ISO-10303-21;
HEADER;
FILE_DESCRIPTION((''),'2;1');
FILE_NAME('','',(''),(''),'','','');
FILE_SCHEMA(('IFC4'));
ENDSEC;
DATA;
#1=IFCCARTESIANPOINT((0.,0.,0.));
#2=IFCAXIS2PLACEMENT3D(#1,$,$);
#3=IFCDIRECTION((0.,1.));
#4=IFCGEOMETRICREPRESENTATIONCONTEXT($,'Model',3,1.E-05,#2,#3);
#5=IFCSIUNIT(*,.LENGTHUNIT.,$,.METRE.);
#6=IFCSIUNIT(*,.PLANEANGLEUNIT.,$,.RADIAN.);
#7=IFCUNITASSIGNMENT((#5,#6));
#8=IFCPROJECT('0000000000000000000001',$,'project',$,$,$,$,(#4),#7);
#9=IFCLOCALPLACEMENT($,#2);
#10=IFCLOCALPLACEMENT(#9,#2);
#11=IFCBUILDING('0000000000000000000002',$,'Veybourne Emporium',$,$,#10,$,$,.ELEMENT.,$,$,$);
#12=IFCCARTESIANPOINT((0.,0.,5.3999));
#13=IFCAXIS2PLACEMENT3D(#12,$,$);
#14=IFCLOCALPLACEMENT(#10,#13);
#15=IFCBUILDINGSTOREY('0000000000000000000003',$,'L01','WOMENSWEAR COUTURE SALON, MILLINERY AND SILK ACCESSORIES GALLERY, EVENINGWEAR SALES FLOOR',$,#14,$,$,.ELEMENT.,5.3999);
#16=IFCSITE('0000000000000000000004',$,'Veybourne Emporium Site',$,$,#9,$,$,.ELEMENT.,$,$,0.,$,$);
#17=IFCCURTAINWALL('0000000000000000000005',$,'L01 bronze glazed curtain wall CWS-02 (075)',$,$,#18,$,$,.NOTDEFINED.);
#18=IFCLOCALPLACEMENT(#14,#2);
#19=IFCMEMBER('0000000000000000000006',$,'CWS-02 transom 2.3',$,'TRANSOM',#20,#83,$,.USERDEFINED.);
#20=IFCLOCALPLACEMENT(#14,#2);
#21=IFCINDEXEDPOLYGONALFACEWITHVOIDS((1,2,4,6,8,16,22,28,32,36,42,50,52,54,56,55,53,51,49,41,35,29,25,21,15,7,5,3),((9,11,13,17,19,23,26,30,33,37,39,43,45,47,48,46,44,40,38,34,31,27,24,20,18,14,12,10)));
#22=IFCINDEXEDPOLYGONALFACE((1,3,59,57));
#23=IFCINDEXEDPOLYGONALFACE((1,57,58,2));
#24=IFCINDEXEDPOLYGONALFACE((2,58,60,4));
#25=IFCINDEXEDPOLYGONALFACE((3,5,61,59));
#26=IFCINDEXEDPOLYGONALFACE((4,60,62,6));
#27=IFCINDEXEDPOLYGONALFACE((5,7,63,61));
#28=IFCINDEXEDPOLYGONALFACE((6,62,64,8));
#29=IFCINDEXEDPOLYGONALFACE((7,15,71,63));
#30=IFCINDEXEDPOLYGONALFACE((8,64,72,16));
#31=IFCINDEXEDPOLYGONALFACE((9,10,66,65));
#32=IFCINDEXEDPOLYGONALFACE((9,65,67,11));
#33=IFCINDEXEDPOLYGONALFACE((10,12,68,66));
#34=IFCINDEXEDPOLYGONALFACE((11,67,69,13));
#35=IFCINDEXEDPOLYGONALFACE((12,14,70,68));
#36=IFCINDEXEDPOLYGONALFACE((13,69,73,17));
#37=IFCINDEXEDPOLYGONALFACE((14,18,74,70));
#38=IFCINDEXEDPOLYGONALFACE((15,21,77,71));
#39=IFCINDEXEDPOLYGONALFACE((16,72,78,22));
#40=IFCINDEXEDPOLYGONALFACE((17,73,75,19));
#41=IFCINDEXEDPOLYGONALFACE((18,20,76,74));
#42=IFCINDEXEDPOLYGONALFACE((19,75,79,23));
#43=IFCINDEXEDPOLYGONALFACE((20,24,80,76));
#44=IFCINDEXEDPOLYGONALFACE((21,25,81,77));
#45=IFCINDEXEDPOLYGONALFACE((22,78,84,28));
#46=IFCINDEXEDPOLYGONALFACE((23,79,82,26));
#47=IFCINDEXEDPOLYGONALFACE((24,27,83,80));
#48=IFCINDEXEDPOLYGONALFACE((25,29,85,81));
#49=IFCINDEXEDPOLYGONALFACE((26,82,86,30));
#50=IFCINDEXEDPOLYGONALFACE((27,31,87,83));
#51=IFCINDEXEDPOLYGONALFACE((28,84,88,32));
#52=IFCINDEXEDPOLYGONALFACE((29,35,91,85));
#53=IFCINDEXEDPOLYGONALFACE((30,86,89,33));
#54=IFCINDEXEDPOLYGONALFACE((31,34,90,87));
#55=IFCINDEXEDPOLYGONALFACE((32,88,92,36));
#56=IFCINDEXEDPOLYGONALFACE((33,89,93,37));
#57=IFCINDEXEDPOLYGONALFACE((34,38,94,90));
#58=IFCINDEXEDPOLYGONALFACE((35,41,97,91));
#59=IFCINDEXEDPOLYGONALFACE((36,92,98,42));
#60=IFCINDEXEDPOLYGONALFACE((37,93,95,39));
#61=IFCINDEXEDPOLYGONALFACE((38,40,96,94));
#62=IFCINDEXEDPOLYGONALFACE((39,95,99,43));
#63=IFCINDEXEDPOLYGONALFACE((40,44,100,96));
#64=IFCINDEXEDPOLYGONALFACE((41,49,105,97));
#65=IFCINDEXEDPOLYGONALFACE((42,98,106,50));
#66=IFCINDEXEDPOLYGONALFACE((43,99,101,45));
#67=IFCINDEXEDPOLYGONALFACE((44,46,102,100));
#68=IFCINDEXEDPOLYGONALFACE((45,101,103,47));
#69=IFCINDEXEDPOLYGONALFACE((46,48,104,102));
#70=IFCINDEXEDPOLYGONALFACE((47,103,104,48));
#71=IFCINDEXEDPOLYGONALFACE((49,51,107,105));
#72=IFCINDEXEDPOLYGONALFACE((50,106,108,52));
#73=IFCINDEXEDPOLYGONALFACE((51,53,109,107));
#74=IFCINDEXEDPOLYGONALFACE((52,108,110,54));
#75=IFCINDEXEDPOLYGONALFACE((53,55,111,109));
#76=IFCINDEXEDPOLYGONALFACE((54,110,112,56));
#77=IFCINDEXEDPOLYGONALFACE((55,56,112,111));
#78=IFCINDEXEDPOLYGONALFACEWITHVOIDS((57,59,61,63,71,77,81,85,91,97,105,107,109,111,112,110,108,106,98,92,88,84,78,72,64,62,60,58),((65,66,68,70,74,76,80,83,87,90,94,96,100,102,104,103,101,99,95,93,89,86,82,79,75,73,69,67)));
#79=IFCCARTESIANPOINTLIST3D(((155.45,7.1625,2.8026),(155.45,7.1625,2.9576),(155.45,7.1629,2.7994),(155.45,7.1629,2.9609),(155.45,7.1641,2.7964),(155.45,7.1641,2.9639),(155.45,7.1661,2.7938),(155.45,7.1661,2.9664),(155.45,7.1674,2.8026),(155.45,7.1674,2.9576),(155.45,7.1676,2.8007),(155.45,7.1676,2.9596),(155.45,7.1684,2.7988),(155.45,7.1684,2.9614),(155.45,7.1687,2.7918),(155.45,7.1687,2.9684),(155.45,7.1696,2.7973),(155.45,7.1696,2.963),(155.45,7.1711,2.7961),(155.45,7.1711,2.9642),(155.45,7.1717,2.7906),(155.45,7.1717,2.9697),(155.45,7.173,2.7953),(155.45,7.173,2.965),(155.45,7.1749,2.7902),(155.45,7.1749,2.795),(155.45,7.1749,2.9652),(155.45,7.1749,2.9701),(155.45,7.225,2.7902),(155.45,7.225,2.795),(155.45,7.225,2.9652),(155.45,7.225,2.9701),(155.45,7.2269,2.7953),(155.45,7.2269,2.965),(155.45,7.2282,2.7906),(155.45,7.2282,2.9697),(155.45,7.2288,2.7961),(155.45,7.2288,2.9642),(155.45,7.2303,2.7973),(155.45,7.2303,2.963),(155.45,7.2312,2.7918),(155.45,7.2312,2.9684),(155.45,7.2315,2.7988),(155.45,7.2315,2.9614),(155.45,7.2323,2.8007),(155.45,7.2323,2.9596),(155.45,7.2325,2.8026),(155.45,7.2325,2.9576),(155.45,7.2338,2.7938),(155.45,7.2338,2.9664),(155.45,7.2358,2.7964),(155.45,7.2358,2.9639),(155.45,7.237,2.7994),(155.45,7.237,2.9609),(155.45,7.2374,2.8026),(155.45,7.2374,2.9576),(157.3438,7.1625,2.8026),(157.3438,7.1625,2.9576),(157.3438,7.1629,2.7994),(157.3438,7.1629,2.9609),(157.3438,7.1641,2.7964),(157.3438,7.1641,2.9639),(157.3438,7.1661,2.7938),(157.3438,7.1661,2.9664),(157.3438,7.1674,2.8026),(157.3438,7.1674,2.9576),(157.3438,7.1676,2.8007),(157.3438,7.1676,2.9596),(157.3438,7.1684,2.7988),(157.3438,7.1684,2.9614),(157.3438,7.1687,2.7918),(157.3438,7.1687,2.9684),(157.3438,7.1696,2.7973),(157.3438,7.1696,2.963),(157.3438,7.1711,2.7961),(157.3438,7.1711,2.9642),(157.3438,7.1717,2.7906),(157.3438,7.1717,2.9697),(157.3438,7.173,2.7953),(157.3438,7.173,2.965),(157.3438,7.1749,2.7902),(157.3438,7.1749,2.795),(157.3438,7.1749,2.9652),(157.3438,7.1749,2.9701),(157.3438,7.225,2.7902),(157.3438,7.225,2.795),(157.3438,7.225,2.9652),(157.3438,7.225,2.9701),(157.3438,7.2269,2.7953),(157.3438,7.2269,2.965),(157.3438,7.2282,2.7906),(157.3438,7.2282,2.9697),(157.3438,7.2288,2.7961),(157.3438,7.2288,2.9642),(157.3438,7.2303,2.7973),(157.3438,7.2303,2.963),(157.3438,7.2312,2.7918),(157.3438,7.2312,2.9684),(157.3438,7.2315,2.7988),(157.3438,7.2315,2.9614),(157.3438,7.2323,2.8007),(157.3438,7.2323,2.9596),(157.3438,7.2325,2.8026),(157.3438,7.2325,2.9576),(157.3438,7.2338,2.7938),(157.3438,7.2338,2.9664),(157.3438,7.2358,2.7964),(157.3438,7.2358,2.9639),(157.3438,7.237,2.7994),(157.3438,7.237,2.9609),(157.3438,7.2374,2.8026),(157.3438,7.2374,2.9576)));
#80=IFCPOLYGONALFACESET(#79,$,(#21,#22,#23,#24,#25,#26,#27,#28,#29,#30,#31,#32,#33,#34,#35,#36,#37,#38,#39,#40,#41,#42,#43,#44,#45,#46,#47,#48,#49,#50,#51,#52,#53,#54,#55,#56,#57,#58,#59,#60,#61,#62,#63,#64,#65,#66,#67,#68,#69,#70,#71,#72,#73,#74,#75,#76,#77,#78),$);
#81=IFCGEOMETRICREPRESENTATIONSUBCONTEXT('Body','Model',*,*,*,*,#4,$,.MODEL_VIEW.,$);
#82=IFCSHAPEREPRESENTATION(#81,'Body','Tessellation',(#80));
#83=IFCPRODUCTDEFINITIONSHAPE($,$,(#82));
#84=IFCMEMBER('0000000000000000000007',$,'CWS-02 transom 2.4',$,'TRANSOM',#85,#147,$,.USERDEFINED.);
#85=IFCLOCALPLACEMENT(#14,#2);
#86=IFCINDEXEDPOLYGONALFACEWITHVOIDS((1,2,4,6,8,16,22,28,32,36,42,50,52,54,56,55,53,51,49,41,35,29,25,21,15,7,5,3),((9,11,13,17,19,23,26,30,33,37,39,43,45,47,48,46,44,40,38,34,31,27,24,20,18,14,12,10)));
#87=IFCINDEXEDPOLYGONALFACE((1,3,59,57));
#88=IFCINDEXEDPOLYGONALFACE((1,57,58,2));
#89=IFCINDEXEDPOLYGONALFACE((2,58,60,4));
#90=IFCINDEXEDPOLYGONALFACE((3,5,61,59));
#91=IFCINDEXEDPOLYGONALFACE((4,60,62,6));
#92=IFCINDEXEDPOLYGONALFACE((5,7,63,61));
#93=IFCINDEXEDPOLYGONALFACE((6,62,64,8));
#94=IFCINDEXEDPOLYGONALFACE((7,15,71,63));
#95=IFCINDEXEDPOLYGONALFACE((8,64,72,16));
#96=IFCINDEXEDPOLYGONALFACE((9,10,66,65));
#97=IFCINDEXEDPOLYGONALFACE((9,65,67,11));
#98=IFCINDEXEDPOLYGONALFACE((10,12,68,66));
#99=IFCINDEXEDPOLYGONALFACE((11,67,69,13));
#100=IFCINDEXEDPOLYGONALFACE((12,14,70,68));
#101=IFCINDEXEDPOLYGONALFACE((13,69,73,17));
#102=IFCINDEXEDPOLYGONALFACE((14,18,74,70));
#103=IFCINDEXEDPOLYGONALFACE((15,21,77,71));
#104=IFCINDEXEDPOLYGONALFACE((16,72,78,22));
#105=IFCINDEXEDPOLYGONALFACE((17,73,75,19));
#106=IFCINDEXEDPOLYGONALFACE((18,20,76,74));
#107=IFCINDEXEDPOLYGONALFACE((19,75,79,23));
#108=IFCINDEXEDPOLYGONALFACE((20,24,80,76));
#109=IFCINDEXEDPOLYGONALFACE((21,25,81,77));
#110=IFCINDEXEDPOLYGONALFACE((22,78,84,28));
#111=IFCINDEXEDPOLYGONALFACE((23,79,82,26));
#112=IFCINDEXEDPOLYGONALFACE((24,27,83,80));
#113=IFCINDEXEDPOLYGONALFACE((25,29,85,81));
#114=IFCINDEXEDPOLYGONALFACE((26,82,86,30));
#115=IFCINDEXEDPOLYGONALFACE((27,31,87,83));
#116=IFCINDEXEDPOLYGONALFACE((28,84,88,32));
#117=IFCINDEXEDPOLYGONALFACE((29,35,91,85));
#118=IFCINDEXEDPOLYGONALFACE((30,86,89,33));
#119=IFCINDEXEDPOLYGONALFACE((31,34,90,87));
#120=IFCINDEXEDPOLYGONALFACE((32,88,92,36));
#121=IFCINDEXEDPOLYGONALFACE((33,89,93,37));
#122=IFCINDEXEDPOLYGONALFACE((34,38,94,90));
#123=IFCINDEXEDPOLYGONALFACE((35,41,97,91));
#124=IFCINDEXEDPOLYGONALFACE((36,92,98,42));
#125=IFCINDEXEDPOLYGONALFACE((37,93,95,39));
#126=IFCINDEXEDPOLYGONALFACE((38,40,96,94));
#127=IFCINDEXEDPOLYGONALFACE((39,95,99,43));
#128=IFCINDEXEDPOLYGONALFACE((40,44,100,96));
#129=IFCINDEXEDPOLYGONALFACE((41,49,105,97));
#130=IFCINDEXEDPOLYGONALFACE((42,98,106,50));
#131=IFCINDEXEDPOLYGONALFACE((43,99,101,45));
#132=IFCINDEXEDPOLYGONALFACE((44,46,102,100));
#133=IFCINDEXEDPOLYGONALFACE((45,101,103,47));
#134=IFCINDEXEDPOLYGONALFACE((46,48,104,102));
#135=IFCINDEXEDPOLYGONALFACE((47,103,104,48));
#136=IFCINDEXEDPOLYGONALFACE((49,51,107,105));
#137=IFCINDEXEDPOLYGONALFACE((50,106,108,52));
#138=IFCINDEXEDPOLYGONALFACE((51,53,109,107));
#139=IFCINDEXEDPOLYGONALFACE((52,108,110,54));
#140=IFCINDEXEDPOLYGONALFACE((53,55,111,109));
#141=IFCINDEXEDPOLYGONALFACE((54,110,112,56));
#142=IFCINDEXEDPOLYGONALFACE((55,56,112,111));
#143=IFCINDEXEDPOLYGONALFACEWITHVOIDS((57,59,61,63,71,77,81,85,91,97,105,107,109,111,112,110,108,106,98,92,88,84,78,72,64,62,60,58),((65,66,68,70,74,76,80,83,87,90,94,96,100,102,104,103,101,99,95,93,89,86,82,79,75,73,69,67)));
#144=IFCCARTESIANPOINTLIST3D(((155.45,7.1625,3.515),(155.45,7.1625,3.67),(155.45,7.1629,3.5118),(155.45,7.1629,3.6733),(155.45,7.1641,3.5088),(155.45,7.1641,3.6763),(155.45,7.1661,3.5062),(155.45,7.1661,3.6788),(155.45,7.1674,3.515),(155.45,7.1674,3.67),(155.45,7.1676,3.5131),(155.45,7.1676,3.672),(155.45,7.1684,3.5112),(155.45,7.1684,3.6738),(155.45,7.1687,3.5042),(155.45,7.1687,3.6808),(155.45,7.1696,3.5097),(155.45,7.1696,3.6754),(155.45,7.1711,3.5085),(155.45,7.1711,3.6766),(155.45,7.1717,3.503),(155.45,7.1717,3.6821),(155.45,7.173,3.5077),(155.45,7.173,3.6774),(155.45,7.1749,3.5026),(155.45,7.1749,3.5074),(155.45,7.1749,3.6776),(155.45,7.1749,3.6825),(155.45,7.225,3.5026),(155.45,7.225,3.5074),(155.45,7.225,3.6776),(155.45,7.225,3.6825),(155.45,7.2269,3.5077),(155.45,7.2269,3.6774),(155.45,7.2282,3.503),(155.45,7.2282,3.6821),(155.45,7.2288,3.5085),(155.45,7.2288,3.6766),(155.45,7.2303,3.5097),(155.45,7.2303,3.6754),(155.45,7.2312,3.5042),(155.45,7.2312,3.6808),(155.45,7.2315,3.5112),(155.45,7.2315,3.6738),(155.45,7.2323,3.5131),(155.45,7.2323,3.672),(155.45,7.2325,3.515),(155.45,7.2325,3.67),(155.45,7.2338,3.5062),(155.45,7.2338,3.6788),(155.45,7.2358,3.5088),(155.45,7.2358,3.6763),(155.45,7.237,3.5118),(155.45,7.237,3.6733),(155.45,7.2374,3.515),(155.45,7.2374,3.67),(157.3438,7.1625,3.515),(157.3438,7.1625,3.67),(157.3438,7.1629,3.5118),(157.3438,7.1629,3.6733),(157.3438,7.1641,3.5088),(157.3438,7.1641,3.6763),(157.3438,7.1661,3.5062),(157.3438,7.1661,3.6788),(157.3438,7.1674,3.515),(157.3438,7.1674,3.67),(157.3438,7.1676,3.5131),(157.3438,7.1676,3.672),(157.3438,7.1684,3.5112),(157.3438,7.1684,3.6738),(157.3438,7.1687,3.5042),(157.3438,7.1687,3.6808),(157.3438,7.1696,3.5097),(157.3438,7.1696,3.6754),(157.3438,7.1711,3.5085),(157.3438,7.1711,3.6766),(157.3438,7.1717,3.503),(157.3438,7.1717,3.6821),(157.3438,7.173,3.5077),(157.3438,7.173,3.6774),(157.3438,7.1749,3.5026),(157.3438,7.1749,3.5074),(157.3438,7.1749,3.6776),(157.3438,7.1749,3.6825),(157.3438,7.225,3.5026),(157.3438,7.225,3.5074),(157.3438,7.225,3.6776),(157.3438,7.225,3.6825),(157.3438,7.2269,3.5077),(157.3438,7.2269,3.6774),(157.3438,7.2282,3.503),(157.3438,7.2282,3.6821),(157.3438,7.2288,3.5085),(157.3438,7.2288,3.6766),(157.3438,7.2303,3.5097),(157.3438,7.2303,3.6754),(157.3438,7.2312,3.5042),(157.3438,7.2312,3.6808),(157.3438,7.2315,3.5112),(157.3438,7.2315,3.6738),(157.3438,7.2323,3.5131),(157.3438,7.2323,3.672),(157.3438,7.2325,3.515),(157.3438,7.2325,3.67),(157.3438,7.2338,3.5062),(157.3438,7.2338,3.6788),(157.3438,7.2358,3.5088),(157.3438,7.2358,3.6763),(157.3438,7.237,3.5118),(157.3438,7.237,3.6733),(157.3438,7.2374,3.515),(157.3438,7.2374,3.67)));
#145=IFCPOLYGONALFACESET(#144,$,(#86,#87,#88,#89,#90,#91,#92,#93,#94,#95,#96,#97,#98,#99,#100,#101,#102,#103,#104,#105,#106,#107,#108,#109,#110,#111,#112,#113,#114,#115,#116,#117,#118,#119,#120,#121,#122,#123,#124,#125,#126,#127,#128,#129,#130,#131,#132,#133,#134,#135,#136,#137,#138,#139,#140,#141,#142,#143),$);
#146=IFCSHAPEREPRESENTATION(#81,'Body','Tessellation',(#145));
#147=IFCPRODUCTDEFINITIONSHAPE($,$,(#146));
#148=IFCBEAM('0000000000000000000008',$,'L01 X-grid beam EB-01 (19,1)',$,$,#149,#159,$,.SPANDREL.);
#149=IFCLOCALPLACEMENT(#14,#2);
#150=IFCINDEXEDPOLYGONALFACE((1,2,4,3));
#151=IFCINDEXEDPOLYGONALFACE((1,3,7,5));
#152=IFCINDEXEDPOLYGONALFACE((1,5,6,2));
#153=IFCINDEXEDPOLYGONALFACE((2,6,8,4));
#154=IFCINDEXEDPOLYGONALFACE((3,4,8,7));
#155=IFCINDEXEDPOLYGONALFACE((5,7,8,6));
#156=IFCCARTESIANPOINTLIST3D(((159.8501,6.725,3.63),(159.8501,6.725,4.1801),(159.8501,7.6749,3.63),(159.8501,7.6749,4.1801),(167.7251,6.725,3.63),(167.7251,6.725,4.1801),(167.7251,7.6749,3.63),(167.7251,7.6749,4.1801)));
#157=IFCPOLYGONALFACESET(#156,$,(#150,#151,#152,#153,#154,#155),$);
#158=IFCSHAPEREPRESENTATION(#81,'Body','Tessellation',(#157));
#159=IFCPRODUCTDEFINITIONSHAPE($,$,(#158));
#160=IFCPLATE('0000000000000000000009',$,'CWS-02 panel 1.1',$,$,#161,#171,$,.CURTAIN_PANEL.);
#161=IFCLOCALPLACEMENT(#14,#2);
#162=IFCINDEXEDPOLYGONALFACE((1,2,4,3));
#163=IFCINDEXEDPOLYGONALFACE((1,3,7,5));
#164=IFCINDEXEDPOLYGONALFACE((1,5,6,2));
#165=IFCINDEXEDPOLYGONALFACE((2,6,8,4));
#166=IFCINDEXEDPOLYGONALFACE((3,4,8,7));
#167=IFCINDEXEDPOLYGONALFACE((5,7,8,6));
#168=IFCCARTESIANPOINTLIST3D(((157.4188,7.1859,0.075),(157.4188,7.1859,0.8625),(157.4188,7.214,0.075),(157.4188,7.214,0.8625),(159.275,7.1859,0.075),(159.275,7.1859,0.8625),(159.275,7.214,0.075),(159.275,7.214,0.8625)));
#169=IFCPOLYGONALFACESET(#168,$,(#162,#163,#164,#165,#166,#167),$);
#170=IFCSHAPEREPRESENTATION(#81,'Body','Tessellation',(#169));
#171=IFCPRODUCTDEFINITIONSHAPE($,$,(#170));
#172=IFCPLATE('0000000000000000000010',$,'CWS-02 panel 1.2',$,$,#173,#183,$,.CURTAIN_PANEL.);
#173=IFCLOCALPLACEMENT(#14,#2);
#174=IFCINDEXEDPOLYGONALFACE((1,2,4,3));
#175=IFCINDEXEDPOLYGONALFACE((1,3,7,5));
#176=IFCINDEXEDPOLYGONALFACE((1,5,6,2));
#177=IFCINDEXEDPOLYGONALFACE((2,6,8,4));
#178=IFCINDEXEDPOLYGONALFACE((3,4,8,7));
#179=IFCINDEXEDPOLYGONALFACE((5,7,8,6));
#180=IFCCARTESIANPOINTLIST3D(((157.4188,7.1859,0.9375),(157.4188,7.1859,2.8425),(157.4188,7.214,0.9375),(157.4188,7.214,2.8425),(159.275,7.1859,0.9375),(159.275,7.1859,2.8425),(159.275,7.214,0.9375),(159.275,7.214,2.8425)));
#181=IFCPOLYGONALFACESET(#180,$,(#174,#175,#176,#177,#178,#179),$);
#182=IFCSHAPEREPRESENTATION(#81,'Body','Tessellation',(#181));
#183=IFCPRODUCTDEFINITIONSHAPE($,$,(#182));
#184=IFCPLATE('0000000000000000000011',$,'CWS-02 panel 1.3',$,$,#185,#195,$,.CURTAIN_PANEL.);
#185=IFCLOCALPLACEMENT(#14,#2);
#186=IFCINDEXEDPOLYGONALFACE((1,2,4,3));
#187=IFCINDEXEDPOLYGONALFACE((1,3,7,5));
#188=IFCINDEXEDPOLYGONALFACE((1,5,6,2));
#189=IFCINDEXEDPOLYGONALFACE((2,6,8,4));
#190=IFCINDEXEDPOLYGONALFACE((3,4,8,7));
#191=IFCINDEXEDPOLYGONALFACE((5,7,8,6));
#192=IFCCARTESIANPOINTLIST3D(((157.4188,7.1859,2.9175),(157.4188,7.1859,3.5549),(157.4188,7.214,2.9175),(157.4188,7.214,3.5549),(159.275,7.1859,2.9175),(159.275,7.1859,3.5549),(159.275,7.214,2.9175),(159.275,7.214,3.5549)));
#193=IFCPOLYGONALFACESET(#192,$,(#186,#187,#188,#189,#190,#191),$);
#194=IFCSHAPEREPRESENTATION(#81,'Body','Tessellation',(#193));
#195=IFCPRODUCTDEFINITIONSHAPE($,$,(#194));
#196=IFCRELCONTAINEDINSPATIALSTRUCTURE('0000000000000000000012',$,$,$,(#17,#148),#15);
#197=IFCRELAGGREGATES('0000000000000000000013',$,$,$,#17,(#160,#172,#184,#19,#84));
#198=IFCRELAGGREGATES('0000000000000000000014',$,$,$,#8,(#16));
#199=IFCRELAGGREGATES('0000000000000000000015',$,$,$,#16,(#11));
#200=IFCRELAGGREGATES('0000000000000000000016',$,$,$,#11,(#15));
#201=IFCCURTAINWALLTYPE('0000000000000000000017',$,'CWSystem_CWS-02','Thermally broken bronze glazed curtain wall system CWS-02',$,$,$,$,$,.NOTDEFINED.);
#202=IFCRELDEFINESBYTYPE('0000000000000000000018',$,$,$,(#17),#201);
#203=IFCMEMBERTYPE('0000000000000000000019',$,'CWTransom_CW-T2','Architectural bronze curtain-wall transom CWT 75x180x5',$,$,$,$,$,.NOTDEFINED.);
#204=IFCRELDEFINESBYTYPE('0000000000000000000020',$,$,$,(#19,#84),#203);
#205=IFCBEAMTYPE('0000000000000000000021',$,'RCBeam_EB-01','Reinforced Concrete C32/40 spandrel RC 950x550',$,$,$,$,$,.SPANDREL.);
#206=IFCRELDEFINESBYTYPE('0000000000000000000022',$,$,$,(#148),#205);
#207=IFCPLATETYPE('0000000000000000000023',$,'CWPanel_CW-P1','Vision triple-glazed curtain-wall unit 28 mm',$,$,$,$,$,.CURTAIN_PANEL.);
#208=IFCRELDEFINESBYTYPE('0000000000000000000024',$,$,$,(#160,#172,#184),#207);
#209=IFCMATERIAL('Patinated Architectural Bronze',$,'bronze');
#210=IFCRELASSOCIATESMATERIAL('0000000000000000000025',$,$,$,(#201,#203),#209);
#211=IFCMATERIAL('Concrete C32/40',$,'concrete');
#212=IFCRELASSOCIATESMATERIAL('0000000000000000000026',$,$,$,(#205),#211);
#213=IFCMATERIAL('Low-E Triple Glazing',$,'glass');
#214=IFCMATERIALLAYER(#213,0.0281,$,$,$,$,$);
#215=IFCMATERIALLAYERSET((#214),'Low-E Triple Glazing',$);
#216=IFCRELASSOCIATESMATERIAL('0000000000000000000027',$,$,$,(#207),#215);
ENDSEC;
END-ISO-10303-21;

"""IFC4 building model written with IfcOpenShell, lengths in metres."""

from ifc_helpers import new_model, si_unit, direction, frame, origin, origin_2d, place, context, subcontext, project, spatial, rectangle, hollow_rectangle, extrude, material, layer, layer_set, material_profile, profile_set, type_object, element, aggregate, save


model = new_model("IFC4")

# Units and contexts
model_context = context("Model", 3, precision=1e-05, world=origin(), true_north=direction((0.0, 1.0)))
body_context = subcontext(model_context, "Body", "Model", "MODEL_VIEW")
ifc_project = project(units=[si_unit("LENGTHUNIT", "METRE"), si_unit("PLANEANGLEUNIT", "RADIAN")], contexts=[model_context])

# Site, building, storey
site_placement = place(None, origin())
site = spatial("IfcSite", under=ifc_project, at=site_placement, Name="Veybourne Emporium Site", CompositionType="ELEMENT", RefElevation=0.0)
building_placement = place(site_placement, origin())
building = spatial("IfcBuilding", under=site, at=building_placement, Name="Veybourne Emporium", CompositionType="ELEMENT")
storey_placement = place(building_placement, frame((0.0, 0.0, 5.3999)))
storey = spatial("IfcBuildingStorey", under=building, at=storey_placement, Name="L01", Description="WOMENSWEAR COUTURE SALON, MILLINERY AND SILK ACCESSORIES GALLERY, EVENINGWEAR SALES FLOOR", CompositionType="ELEMENT", Elevation=5.3999)

# Curtain wall
ifc_material_1 = material(Name="Patinated Architectural Bronze", Category="bronze")
curtain_wall_type_1 = type_object("IfcCurtainWallType", Name="CWSystem_CWS-02", Description="Thermally broken bronze glazed curtain wall system CWS-02", PredefinedType="NOTDEFINED", material=ifc_material_1)
curtain_wall_1_placement = place(storey_placement, origin())
curtain_wall_1 = element("IfcCurtainWall", 1, at=curtain_wall_1_placement, inside=storey, type_object=curtain_wall_type_1, Name="L01 bronze glazed curtain wall CWS-02 (075)", PredefinedType="NOTDEFINED")

# Members
ifc_material_profile_1 = material_profile(ifc_material_1, hollow_rectangle(XDim=0.075, YDim=0.1799, WallThickness=0.0049, InnerFilletRadius=0.0076, OuterFilletRadius=0.0125, at=origin_2d()), Name="CWT 75x180x5")
ifc_profile_set_1 = profile_set([ifc_material_profile_1], Name="Patinated Architectural Bronze")
member_type_1 = type_object("IfcMemberType", Name="CWTransom_CW-T2", Description="Architectural bronze curtain-wall transom CWT 75x180x5", PredefinedType="NOTDEFINED", material=ifc_profile_set_1)
member_1_placement = place(storey_placement, frame((157.3438, 7.2, 2.8801), z_axis=(-1.0, 0.0, 0.0), x_axis=(0.0, -1.0, 0.0)))
member_1 = element("IfcMember", 2, at=member_1_placement, type_object=member_type_1, Name="CWS-02 transom 2.3", ObjectType="TRANSOM", PredefinedType="USERDEFINED", context=body_context, shape_type="SweptSolid", body=[
    extrude(hollow_rectangle(XDim=0.075, YDim=0.1799, WallThickness=0.0049, InnerFilletRadius=0.0076, OuterFilletRadius=0.0125, at=origin_2d()), origin(), (0.0, 0.0, 1.0), 1.8938),
])
member_2_placement = place(storey_placement, frame((157.3438, 7.2, 3.5925), z_axis=(-1.0, 0.0, 0.0), x_axis=(0.0, -1.0, 0.0)))
member_2 = element("IfcMember", 3, at=member_2_placement, type_object=member_type_1, Name="CWS-02 transom 2.4", ObjectType="TRANSOM", PredefinedType="USERDEFINED", context=body_context, shape_type="SweptSolid", body=[
    extrude(hollow_rectangle(XDim=0.075, YDim=0.1799, WallThickness=0.0049, InnerFilletRadius=0.0076, OuterFilletRadius=0.0125, at=origin_2d()), origin(), (0.0, 0.0, 1.0), 1.8938),
])

# Beam
ifc_material_2 = material(Name="Concrete C32/40", Category="concrete")
ifc_material_profile_2 = material_profile(ifc_material_2, rectangle(XDim=0.95, YDim=0.55, at=origin_2d()), Name="RC 950x550")
ifc_profile_set_2 = profile_set([ifc_material_profile_2], Name="Concrete C32/40")
beam_type = type_object("IfcBeamType", Name="RCBeam_EB-01", Description="Reinforced Concrete C32/40 spandrel RC 950x550", PredefinedType="SPANDREL", material=ifc_profile_set_2)
beam_placement = place(storey_placement, frame((159.8501, 7.2, 3.905), z_axis=(1.0, 0.0, 0.0), x_axis=(0.0, 1.0, 0.0)))
element("IfcBeam", 4, at=beam_placement, inside=storey, type_object=beam_type, Name="L01 X-grid beam EB-01 (19,1)", PredefinedType="SPANDREL", context=body_context, shape_type="SweptSolid", body=[
    extrude(rectangle(XDim=0.95, YDim=0.55, at=origin_2d()), origin(), (0.0, 0.0, 1.0), 7.875),
])

# Plates
ifc_material_3 = material(Name="Low-E Triple Glazing", Category="glass")
ifc_layer = layer(ifc_material_3, 0.0281)
ifc_layer_set = layer_set([ifc_layer], Name="Low-E Triple Glazing")
plate_type = type_object("IfcPlateType", Name="CWPanel_CW-P1", Description="Vision triple-glazed curtain-wall unit 28 mm", PredefinedType="CURTAIN_PANEL", material=ifc_layer_set)
plate_1_placement = place(storey_placement, frame((158.3469, 7.2, 0.075), z_axis=(0.0, 0.0, 1.0), x_axis=(-1.0, 0.0, 0.0)))
plate_1 = element("IfcPlate", 5, at=plate_1_placement, type_object=plate_type, Name="CWS-02 panel 1.1", PredefinedType="CURTAIN_PANEL", context=body_context, shape_type="SweptSolid", body=[
    extrude(rectangle(XDim=1.8562, YDim=0.0281, at=origin_2d()), origin(), (0.0, 0.0, 1.0), 0.7876),
])
plate_2_placement = place(storey_placement, frame((158.3469, 7.2, 0.9375), z_axis=(0.0, 0.0, 1.0), x_axis=(-1.0, 0.0, 0.0)))
plate_2 = element("IfcPlate", 6, at=plate_2_placement, type_object=plate_type, Name="CWS-02 panel 1.2", PredefinedType="CURTAIN_PANEL", context=body_context, shape_type="SweptSolid", body=[
    extrude(rectangle(XDim=1.8562, YDim=0.0281, at=origin_2d()), origin(), (0.0, 0.0, 1.0), 1.905),
])
plate_3_placement = place(storey_placement, frame((158.3469, 7.2, 2.9175), z_axis=(0.0, 0.0, 1.0), x_axis=(-1.0, 0.0, 0.0)))
plate_3 = element("IfcPlate", 7, at=plate_3_placement, type_object=plate_type, Name="CWS-02 panel 1.3", PredefinedType="CURTAIN_PANEL", context=body_context, shape_type="SweptSolid", body=[
    extrude(rectangle(XDim=1.8562, YDim=0.0281, at=origin_2d()), origin(), (0.0, 0.0, 1.0), 0.6375),
])
aggregate(curtain_wall_1, [plate_1, plate_2, plate_3, member_1, member_2])

save(model, "model.ifc")
